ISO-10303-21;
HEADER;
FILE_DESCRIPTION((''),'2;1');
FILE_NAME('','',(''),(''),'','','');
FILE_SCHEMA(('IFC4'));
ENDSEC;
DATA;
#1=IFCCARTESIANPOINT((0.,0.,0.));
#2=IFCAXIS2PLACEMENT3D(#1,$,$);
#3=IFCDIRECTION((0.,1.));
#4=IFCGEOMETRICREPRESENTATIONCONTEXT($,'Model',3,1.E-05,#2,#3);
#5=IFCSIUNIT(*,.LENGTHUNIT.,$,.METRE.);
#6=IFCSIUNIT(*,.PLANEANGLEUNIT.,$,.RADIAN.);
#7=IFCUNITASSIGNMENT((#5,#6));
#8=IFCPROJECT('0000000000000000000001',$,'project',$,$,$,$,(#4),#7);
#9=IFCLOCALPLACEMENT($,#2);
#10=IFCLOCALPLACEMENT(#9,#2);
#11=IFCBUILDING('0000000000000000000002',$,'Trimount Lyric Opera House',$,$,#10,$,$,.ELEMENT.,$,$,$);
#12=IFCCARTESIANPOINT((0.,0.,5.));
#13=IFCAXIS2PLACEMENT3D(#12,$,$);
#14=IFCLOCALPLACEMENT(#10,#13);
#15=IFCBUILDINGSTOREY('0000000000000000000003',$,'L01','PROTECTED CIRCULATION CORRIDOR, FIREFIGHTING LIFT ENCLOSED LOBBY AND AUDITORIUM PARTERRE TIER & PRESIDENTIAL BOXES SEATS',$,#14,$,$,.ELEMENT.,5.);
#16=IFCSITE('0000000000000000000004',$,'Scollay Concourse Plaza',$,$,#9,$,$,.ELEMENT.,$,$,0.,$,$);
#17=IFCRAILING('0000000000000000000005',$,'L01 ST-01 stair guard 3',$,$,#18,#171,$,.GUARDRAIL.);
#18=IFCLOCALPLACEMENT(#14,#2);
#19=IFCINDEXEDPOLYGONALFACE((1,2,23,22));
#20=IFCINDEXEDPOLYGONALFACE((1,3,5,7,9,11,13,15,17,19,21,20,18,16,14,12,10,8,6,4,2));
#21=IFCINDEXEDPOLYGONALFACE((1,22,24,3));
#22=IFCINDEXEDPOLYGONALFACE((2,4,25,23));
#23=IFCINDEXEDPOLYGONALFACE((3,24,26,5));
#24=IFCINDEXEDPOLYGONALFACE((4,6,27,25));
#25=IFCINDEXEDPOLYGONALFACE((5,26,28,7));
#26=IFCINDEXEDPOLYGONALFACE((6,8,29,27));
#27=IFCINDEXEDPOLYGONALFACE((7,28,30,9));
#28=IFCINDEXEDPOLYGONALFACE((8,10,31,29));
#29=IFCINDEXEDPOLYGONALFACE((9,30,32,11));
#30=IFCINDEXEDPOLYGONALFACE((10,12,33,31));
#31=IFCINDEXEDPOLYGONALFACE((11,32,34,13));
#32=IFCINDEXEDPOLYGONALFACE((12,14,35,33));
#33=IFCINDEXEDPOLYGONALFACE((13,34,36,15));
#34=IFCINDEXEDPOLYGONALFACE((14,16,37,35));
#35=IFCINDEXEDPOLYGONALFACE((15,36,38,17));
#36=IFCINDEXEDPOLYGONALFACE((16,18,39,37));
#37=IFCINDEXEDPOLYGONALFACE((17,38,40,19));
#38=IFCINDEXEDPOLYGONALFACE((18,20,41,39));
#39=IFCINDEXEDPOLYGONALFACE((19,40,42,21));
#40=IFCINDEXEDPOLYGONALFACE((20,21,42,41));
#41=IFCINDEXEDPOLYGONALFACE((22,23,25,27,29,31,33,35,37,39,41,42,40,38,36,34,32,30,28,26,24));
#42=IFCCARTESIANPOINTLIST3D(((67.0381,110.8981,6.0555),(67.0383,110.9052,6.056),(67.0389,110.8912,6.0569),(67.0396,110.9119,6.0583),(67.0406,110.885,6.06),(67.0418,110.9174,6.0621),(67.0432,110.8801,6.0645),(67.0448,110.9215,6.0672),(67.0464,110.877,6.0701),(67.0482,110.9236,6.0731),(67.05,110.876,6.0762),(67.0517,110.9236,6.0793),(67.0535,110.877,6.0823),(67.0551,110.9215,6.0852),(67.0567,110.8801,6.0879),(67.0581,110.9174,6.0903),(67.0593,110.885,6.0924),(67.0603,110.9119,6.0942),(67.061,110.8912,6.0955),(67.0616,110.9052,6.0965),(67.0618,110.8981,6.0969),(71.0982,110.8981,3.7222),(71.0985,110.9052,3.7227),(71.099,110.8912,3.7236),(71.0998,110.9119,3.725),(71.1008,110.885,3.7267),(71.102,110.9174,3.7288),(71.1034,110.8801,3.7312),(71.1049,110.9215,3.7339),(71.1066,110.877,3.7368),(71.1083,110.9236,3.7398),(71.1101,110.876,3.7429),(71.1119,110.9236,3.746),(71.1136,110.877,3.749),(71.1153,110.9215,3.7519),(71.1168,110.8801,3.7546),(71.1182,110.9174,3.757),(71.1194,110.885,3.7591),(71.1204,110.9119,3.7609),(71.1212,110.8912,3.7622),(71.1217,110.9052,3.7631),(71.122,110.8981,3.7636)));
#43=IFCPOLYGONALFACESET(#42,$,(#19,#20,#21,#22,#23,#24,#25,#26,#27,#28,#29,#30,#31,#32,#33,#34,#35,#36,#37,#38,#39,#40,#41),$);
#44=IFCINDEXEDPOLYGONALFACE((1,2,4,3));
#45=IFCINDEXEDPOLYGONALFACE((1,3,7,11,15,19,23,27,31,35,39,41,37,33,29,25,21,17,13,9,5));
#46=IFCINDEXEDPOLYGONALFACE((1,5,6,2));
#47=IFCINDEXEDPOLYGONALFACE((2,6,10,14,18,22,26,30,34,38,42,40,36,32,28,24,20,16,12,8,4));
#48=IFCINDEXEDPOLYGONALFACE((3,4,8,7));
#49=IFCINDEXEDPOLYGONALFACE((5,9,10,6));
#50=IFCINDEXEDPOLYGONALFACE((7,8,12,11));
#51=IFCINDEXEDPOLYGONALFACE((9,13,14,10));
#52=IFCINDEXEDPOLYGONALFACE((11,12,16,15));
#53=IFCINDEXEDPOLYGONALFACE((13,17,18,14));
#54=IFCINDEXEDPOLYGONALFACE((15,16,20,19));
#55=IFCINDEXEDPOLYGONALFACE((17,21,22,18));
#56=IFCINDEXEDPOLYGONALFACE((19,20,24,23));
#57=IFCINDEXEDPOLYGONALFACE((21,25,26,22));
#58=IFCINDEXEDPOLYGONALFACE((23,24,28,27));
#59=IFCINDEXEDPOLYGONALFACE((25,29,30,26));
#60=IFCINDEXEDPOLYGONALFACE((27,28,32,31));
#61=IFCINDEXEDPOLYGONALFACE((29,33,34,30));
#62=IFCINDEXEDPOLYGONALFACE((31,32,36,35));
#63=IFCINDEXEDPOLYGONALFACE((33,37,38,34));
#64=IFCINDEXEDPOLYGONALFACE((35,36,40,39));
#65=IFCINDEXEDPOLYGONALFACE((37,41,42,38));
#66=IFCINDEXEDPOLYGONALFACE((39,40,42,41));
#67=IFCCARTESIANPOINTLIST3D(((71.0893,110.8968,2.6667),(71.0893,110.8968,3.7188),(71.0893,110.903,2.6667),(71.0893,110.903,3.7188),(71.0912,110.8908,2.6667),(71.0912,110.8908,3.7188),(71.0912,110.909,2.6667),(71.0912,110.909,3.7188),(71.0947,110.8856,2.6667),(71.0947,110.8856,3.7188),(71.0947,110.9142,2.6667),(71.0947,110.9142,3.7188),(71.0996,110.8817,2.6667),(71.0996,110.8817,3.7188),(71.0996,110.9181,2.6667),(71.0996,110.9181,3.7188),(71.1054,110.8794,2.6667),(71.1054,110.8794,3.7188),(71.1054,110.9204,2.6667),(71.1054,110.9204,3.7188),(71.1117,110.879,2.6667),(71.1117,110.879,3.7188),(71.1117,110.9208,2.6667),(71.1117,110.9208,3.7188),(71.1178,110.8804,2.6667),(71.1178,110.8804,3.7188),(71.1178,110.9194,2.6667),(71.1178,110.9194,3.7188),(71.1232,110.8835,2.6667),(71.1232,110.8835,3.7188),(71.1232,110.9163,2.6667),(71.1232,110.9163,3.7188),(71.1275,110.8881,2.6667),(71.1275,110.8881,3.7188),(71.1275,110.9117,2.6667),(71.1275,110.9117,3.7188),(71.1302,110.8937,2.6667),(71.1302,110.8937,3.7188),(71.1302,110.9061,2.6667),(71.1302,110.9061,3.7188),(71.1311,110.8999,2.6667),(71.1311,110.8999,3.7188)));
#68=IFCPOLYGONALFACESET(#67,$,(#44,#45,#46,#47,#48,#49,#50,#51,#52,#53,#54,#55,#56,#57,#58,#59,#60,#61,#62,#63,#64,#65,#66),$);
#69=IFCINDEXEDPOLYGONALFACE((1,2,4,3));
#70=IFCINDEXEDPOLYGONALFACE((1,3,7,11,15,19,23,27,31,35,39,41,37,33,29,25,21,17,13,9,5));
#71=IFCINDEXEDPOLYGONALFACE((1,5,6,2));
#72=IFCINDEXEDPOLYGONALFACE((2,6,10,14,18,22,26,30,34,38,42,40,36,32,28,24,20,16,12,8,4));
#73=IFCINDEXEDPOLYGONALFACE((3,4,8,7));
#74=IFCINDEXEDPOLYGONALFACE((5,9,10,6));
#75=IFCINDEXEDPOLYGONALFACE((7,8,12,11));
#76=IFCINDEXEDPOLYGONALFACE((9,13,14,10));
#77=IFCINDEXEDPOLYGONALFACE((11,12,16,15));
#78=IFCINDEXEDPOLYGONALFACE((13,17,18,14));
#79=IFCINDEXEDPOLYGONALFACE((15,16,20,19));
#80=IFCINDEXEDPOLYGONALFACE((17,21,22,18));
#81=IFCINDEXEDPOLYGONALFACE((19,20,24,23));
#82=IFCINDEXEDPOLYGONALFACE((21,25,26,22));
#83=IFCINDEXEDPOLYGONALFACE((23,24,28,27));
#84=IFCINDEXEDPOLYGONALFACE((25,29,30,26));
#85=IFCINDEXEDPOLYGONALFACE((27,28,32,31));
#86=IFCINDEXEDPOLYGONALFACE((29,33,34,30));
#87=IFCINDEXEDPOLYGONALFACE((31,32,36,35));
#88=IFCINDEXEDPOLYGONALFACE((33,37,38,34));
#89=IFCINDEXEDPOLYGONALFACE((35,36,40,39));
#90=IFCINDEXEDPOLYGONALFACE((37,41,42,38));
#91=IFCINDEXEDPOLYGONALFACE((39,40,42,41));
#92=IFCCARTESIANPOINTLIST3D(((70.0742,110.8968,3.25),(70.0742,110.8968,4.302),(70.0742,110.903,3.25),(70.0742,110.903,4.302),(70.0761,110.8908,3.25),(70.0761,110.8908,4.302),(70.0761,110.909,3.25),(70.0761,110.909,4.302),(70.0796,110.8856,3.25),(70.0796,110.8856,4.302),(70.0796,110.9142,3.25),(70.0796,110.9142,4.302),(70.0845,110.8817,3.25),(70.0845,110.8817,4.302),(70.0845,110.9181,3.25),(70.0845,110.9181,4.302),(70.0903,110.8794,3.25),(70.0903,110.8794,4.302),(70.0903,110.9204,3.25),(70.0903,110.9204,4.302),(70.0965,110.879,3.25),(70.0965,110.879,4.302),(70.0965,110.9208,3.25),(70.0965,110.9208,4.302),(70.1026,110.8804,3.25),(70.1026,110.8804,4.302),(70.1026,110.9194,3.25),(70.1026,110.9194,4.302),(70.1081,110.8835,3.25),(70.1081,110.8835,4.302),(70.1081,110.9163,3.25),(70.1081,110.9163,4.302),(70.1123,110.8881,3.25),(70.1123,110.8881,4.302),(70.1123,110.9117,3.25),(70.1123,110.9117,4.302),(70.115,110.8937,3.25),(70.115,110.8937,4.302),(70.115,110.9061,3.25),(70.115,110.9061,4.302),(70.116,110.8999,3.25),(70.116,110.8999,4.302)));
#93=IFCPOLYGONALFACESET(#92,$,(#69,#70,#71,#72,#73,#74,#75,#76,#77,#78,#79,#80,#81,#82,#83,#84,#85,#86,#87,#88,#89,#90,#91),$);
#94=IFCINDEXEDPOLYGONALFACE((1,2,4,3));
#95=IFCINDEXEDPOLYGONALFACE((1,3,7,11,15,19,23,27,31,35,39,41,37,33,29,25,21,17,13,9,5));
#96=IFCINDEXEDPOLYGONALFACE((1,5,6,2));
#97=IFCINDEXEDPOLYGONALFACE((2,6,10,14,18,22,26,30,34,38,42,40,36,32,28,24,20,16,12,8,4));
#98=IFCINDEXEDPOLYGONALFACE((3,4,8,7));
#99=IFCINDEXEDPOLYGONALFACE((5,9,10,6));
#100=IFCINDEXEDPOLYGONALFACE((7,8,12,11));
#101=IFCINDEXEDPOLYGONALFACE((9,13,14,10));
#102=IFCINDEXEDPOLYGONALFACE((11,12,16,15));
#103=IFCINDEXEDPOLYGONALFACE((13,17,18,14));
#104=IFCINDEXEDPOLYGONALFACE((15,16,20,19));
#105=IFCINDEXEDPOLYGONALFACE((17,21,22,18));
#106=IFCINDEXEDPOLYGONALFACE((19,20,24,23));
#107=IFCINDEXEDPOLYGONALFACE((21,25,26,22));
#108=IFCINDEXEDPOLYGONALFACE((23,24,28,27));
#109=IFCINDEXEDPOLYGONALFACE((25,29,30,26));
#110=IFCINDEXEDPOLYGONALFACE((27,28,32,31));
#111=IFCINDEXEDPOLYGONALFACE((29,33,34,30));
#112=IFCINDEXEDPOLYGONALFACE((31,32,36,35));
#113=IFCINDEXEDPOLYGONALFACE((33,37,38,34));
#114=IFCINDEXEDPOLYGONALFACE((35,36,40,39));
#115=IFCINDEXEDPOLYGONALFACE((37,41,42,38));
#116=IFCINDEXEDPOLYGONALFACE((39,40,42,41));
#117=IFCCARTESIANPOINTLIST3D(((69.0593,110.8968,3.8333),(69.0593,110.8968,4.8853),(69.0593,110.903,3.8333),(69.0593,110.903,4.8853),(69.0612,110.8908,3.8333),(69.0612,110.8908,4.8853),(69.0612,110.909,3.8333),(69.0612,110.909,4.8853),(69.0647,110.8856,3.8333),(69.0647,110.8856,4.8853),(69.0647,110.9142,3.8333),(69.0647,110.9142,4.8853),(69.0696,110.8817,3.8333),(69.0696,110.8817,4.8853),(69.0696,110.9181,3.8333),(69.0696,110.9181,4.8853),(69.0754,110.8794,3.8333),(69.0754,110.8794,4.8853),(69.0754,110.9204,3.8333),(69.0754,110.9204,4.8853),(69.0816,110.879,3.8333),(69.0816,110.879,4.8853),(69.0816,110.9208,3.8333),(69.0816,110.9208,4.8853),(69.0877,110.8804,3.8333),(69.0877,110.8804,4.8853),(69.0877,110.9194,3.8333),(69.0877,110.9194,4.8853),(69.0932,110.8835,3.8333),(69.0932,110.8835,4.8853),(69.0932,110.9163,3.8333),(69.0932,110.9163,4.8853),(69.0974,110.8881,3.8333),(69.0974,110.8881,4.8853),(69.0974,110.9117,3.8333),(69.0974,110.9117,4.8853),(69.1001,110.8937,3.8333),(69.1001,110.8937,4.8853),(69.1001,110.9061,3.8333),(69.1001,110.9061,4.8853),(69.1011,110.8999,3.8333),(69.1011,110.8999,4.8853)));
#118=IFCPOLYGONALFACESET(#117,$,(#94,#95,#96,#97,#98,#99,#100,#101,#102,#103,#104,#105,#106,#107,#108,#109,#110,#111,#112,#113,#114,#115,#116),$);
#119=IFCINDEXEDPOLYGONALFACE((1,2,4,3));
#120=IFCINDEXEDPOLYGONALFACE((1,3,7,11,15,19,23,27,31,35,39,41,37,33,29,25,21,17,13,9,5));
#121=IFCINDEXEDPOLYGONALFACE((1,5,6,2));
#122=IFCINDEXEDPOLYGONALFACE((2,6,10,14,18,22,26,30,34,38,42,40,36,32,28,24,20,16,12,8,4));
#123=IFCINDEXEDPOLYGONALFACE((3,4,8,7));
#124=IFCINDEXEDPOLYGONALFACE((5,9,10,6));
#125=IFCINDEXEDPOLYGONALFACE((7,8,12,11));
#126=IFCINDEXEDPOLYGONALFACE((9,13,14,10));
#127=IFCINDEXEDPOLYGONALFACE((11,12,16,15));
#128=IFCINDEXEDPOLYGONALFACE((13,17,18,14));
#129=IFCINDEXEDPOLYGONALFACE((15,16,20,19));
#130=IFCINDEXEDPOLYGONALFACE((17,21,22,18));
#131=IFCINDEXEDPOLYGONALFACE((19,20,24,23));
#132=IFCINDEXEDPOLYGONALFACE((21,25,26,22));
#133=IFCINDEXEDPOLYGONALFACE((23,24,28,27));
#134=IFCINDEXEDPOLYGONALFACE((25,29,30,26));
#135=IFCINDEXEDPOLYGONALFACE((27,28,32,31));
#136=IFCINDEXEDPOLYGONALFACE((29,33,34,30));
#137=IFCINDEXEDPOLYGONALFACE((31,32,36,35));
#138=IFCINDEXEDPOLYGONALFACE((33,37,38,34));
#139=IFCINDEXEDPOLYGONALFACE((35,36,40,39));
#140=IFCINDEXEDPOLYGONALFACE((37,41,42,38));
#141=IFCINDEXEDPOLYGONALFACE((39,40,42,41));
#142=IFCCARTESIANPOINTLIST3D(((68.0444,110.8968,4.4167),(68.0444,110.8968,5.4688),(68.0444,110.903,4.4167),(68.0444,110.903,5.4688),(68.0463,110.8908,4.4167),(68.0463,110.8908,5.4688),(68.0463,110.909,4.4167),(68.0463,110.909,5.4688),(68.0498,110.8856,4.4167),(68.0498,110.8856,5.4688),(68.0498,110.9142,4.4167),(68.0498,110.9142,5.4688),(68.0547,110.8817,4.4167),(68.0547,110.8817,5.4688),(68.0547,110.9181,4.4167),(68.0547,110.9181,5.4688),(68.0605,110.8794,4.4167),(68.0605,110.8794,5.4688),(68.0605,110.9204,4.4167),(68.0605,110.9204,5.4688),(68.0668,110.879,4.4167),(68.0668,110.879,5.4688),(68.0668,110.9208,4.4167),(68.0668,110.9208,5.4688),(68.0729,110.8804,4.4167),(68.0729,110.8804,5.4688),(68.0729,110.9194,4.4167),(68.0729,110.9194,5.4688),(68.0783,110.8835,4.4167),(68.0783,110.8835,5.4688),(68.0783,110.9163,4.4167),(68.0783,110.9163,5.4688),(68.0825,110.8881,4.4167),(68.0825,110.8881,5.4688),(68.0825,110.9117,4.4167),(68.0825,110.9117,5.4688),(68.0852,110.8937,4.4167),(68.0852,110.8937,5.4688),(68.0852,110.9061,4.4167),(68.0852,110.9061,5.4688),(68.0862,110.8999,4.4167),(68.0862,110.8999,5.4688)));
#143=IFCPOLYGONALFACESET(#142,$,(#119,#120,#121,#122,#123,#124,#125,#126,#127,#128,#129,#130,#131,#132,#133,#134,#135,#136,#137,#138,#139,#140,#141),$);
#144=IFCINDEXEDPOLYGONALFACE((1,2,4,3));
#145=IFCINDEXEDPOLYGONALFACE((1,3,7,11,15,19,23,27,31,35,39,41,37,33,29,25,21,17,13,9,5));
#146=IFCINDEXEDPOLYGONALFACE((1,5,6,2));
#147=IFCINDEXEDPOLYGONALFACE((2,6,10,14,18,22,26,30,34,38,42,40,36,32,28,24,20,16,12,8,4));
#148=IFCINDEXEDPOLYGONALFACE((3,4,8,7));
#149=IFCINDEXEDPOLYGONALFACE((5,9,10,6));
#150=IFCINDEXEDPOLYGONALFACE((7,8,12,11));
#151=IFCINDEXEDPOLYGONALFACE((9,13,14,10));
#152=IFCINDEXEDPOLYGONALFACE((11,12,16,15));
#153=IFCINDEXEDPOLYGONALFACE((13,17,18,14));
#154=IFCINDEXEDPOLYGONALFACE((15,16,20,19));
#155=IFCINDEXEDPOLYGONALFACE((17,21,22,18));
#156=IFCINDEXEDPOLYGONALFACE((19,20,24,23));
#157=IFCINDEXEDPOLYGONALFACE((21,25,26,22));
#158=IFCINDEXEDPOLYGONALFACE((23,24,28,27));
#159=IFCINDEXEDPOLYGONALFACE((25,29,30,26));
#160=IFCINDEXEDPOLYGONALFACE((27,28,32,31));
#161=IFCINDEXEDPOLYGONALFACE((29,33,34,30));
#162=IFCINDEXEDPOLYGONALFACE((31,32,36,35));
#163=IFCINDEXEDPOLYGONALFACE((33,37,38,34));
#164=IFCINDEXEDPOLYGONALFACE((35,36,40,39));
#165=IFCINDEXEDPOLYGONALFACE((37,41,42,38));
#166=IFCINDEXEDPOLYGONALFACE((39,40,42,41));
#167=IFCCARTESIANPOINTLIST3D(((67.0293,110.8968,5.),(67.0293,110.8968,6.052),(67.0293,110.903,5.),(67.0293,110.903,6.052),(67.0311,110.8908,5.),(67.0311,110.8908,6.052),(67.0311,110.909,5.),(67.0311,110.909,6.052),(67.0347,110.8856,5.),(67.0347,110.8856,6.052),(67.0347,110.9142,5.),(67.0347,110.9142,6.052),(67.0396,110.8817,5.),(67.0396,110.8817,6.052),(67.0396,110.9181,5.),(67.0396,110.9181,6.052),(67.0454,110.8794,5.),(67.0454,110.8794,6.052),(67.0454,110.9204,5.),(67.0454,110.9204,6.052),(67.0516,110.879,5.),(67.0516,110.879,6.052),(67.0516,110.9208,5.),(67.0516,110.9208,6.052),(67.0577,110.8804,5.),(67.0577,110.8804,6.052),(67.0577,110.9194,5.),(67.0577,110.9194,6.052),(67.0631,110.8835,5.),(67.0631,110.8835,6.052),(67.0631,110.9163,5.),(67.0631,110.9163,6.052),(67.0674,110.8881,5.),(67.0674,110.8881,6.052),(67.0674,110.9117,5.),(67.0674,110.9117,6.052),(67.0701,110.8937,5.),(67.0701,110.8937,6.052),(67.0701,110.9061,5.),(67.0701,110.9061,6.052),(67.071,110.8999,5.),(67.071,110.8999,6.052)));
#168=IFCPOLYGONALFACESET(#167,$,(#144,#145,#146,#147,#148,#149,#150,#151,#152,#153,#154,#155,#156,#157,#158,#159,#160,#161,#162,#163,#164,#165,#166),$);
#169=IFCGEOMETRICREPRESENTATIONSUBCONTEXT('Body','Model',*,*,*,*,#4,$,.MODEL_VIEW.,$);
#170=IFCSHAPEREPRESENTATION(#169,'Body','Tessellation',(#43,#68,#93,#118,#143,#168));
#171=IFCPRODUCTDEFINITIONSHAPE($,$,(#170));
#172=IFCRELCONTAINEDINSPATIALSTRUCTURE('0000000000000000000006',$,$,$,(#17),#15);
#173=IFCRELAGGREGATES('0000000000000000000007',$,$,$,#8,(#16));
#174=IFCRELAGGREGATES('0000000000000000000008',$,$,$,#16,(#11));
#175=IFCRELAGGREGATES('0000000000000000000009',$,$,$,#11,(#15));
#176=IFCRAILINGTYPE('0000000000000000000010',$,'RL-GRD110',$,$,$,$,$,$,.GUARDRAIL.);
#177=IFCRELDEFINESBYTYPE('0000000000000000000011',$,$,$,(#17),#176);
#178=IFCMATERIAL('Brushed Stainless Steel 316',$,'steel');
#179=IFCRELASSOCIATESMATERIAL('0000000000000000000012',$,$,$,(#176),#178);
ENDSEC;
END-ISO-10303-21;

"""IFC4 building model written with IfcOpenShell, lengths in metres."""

from ifc_helpers import new_model, si_unit, direction, frame, origin, origin_2d, place, context, subcontext, project, spatial, circle, extrude, material, type_object, element, save


model = new_model("IFC4")

# Units and contexts
model_context = context("Model", 3, precision=1e-05, world=origin(), true_north=direction((0.0, 1.0)))
body_context = subcontext(model_context, "Body", "Model", "MODEL_VIEW")
ifc_project = project(units=[si_unit("LENGTHUNIT", "METRE"), si_unit("PLANEANGLEUNIT", "RADIAN")], contexts=[model_context])

# Site, building, storey
site_placement = place(None, origin())
site = spatial("IfcSite", under=ifc_project, at=site_placement, Name="Scollay Concourse Plaza", CompositionType="ELEMENT", RefElevation=0.0)
building_placement = place(site_placement, origin())
building = spatial("IfcBuilding", under=site, at=building_placement, Name="Trimount Lyric Opera House", CompositionType="ELEMENT")
storey_placement = place(building_placement, frame((0.0, 0.0, 5.0)))
storey = spatial("IfcBuildingStorey", under=building, at=storey_placement, Name="L01", Description="PROTECTED CIRCULATION CORRIDOR, FIREFIGHTING LIFT ENCLOSED LOBBY AND AUDITORIUM PARTERRE TIER & PRESIDENTIAL BOXES SEATS", CompositionType="ELEMENT", Elevation=5.0)

# Railing
ifc_material_1 = material(Name="Brushed Stainless Steel 316", Category="steel")
railing_type_1 = type_object("IfcRailingType", Name="RL-GRD110", PredefinedType="GUARDRAIL", material=ifc_material_1)
railing_1_placement = place(storey_placement, frame((71.1101, 110.8999, 2.6667)))
element("IfcRailing", 1, at=railing_1_placement, inside=storey, type_object=railing_type_1, Name="L01 ST-01 stair guard 3", PredefinedType="GUARDRAIL", context=body_context, shape_type="SweptSolid", body=[
    extrude(circle(Radius=0.0239, at=origin_2d()), frame((0.0, 0.0, 1.0762), z_axis=(-0.867025, 0.0, 0.498265), x_axis=(0.0, -1.0, 0.0)), (0.0, 0.0, 1.0), 4.6829),
    extrude(circle(Radius=0.021, at=origin_2d()), origin(), (0.0, 0.0, 1.0), 1.052),
    extrude(circle(Radius=0.021, at=origin_2d()), frame((-1.0151, 0.0, 0.5833)), (0.0, 0.0, 1.0), 1.052),
    extrude(circle(Radius=0.021, at=origin_2d()), frame((-2.03, 0.0, 1.1665)), (0.0, 0.0, 1.0), 1.052),
    extrude(circle(Radius=0.021, at=origin_2d()), frame((-3.0449, 0.0, 1.75)), (0.0, 0.0, 1.0), 1.052),
    extrude(circle(Radius=0.021, at=origin_2d()), frame((-4.0601, 0.0, 2.3333)), (0.0, 0.0, 1.0), 1.052),
])

save(model, "model.ifc")
